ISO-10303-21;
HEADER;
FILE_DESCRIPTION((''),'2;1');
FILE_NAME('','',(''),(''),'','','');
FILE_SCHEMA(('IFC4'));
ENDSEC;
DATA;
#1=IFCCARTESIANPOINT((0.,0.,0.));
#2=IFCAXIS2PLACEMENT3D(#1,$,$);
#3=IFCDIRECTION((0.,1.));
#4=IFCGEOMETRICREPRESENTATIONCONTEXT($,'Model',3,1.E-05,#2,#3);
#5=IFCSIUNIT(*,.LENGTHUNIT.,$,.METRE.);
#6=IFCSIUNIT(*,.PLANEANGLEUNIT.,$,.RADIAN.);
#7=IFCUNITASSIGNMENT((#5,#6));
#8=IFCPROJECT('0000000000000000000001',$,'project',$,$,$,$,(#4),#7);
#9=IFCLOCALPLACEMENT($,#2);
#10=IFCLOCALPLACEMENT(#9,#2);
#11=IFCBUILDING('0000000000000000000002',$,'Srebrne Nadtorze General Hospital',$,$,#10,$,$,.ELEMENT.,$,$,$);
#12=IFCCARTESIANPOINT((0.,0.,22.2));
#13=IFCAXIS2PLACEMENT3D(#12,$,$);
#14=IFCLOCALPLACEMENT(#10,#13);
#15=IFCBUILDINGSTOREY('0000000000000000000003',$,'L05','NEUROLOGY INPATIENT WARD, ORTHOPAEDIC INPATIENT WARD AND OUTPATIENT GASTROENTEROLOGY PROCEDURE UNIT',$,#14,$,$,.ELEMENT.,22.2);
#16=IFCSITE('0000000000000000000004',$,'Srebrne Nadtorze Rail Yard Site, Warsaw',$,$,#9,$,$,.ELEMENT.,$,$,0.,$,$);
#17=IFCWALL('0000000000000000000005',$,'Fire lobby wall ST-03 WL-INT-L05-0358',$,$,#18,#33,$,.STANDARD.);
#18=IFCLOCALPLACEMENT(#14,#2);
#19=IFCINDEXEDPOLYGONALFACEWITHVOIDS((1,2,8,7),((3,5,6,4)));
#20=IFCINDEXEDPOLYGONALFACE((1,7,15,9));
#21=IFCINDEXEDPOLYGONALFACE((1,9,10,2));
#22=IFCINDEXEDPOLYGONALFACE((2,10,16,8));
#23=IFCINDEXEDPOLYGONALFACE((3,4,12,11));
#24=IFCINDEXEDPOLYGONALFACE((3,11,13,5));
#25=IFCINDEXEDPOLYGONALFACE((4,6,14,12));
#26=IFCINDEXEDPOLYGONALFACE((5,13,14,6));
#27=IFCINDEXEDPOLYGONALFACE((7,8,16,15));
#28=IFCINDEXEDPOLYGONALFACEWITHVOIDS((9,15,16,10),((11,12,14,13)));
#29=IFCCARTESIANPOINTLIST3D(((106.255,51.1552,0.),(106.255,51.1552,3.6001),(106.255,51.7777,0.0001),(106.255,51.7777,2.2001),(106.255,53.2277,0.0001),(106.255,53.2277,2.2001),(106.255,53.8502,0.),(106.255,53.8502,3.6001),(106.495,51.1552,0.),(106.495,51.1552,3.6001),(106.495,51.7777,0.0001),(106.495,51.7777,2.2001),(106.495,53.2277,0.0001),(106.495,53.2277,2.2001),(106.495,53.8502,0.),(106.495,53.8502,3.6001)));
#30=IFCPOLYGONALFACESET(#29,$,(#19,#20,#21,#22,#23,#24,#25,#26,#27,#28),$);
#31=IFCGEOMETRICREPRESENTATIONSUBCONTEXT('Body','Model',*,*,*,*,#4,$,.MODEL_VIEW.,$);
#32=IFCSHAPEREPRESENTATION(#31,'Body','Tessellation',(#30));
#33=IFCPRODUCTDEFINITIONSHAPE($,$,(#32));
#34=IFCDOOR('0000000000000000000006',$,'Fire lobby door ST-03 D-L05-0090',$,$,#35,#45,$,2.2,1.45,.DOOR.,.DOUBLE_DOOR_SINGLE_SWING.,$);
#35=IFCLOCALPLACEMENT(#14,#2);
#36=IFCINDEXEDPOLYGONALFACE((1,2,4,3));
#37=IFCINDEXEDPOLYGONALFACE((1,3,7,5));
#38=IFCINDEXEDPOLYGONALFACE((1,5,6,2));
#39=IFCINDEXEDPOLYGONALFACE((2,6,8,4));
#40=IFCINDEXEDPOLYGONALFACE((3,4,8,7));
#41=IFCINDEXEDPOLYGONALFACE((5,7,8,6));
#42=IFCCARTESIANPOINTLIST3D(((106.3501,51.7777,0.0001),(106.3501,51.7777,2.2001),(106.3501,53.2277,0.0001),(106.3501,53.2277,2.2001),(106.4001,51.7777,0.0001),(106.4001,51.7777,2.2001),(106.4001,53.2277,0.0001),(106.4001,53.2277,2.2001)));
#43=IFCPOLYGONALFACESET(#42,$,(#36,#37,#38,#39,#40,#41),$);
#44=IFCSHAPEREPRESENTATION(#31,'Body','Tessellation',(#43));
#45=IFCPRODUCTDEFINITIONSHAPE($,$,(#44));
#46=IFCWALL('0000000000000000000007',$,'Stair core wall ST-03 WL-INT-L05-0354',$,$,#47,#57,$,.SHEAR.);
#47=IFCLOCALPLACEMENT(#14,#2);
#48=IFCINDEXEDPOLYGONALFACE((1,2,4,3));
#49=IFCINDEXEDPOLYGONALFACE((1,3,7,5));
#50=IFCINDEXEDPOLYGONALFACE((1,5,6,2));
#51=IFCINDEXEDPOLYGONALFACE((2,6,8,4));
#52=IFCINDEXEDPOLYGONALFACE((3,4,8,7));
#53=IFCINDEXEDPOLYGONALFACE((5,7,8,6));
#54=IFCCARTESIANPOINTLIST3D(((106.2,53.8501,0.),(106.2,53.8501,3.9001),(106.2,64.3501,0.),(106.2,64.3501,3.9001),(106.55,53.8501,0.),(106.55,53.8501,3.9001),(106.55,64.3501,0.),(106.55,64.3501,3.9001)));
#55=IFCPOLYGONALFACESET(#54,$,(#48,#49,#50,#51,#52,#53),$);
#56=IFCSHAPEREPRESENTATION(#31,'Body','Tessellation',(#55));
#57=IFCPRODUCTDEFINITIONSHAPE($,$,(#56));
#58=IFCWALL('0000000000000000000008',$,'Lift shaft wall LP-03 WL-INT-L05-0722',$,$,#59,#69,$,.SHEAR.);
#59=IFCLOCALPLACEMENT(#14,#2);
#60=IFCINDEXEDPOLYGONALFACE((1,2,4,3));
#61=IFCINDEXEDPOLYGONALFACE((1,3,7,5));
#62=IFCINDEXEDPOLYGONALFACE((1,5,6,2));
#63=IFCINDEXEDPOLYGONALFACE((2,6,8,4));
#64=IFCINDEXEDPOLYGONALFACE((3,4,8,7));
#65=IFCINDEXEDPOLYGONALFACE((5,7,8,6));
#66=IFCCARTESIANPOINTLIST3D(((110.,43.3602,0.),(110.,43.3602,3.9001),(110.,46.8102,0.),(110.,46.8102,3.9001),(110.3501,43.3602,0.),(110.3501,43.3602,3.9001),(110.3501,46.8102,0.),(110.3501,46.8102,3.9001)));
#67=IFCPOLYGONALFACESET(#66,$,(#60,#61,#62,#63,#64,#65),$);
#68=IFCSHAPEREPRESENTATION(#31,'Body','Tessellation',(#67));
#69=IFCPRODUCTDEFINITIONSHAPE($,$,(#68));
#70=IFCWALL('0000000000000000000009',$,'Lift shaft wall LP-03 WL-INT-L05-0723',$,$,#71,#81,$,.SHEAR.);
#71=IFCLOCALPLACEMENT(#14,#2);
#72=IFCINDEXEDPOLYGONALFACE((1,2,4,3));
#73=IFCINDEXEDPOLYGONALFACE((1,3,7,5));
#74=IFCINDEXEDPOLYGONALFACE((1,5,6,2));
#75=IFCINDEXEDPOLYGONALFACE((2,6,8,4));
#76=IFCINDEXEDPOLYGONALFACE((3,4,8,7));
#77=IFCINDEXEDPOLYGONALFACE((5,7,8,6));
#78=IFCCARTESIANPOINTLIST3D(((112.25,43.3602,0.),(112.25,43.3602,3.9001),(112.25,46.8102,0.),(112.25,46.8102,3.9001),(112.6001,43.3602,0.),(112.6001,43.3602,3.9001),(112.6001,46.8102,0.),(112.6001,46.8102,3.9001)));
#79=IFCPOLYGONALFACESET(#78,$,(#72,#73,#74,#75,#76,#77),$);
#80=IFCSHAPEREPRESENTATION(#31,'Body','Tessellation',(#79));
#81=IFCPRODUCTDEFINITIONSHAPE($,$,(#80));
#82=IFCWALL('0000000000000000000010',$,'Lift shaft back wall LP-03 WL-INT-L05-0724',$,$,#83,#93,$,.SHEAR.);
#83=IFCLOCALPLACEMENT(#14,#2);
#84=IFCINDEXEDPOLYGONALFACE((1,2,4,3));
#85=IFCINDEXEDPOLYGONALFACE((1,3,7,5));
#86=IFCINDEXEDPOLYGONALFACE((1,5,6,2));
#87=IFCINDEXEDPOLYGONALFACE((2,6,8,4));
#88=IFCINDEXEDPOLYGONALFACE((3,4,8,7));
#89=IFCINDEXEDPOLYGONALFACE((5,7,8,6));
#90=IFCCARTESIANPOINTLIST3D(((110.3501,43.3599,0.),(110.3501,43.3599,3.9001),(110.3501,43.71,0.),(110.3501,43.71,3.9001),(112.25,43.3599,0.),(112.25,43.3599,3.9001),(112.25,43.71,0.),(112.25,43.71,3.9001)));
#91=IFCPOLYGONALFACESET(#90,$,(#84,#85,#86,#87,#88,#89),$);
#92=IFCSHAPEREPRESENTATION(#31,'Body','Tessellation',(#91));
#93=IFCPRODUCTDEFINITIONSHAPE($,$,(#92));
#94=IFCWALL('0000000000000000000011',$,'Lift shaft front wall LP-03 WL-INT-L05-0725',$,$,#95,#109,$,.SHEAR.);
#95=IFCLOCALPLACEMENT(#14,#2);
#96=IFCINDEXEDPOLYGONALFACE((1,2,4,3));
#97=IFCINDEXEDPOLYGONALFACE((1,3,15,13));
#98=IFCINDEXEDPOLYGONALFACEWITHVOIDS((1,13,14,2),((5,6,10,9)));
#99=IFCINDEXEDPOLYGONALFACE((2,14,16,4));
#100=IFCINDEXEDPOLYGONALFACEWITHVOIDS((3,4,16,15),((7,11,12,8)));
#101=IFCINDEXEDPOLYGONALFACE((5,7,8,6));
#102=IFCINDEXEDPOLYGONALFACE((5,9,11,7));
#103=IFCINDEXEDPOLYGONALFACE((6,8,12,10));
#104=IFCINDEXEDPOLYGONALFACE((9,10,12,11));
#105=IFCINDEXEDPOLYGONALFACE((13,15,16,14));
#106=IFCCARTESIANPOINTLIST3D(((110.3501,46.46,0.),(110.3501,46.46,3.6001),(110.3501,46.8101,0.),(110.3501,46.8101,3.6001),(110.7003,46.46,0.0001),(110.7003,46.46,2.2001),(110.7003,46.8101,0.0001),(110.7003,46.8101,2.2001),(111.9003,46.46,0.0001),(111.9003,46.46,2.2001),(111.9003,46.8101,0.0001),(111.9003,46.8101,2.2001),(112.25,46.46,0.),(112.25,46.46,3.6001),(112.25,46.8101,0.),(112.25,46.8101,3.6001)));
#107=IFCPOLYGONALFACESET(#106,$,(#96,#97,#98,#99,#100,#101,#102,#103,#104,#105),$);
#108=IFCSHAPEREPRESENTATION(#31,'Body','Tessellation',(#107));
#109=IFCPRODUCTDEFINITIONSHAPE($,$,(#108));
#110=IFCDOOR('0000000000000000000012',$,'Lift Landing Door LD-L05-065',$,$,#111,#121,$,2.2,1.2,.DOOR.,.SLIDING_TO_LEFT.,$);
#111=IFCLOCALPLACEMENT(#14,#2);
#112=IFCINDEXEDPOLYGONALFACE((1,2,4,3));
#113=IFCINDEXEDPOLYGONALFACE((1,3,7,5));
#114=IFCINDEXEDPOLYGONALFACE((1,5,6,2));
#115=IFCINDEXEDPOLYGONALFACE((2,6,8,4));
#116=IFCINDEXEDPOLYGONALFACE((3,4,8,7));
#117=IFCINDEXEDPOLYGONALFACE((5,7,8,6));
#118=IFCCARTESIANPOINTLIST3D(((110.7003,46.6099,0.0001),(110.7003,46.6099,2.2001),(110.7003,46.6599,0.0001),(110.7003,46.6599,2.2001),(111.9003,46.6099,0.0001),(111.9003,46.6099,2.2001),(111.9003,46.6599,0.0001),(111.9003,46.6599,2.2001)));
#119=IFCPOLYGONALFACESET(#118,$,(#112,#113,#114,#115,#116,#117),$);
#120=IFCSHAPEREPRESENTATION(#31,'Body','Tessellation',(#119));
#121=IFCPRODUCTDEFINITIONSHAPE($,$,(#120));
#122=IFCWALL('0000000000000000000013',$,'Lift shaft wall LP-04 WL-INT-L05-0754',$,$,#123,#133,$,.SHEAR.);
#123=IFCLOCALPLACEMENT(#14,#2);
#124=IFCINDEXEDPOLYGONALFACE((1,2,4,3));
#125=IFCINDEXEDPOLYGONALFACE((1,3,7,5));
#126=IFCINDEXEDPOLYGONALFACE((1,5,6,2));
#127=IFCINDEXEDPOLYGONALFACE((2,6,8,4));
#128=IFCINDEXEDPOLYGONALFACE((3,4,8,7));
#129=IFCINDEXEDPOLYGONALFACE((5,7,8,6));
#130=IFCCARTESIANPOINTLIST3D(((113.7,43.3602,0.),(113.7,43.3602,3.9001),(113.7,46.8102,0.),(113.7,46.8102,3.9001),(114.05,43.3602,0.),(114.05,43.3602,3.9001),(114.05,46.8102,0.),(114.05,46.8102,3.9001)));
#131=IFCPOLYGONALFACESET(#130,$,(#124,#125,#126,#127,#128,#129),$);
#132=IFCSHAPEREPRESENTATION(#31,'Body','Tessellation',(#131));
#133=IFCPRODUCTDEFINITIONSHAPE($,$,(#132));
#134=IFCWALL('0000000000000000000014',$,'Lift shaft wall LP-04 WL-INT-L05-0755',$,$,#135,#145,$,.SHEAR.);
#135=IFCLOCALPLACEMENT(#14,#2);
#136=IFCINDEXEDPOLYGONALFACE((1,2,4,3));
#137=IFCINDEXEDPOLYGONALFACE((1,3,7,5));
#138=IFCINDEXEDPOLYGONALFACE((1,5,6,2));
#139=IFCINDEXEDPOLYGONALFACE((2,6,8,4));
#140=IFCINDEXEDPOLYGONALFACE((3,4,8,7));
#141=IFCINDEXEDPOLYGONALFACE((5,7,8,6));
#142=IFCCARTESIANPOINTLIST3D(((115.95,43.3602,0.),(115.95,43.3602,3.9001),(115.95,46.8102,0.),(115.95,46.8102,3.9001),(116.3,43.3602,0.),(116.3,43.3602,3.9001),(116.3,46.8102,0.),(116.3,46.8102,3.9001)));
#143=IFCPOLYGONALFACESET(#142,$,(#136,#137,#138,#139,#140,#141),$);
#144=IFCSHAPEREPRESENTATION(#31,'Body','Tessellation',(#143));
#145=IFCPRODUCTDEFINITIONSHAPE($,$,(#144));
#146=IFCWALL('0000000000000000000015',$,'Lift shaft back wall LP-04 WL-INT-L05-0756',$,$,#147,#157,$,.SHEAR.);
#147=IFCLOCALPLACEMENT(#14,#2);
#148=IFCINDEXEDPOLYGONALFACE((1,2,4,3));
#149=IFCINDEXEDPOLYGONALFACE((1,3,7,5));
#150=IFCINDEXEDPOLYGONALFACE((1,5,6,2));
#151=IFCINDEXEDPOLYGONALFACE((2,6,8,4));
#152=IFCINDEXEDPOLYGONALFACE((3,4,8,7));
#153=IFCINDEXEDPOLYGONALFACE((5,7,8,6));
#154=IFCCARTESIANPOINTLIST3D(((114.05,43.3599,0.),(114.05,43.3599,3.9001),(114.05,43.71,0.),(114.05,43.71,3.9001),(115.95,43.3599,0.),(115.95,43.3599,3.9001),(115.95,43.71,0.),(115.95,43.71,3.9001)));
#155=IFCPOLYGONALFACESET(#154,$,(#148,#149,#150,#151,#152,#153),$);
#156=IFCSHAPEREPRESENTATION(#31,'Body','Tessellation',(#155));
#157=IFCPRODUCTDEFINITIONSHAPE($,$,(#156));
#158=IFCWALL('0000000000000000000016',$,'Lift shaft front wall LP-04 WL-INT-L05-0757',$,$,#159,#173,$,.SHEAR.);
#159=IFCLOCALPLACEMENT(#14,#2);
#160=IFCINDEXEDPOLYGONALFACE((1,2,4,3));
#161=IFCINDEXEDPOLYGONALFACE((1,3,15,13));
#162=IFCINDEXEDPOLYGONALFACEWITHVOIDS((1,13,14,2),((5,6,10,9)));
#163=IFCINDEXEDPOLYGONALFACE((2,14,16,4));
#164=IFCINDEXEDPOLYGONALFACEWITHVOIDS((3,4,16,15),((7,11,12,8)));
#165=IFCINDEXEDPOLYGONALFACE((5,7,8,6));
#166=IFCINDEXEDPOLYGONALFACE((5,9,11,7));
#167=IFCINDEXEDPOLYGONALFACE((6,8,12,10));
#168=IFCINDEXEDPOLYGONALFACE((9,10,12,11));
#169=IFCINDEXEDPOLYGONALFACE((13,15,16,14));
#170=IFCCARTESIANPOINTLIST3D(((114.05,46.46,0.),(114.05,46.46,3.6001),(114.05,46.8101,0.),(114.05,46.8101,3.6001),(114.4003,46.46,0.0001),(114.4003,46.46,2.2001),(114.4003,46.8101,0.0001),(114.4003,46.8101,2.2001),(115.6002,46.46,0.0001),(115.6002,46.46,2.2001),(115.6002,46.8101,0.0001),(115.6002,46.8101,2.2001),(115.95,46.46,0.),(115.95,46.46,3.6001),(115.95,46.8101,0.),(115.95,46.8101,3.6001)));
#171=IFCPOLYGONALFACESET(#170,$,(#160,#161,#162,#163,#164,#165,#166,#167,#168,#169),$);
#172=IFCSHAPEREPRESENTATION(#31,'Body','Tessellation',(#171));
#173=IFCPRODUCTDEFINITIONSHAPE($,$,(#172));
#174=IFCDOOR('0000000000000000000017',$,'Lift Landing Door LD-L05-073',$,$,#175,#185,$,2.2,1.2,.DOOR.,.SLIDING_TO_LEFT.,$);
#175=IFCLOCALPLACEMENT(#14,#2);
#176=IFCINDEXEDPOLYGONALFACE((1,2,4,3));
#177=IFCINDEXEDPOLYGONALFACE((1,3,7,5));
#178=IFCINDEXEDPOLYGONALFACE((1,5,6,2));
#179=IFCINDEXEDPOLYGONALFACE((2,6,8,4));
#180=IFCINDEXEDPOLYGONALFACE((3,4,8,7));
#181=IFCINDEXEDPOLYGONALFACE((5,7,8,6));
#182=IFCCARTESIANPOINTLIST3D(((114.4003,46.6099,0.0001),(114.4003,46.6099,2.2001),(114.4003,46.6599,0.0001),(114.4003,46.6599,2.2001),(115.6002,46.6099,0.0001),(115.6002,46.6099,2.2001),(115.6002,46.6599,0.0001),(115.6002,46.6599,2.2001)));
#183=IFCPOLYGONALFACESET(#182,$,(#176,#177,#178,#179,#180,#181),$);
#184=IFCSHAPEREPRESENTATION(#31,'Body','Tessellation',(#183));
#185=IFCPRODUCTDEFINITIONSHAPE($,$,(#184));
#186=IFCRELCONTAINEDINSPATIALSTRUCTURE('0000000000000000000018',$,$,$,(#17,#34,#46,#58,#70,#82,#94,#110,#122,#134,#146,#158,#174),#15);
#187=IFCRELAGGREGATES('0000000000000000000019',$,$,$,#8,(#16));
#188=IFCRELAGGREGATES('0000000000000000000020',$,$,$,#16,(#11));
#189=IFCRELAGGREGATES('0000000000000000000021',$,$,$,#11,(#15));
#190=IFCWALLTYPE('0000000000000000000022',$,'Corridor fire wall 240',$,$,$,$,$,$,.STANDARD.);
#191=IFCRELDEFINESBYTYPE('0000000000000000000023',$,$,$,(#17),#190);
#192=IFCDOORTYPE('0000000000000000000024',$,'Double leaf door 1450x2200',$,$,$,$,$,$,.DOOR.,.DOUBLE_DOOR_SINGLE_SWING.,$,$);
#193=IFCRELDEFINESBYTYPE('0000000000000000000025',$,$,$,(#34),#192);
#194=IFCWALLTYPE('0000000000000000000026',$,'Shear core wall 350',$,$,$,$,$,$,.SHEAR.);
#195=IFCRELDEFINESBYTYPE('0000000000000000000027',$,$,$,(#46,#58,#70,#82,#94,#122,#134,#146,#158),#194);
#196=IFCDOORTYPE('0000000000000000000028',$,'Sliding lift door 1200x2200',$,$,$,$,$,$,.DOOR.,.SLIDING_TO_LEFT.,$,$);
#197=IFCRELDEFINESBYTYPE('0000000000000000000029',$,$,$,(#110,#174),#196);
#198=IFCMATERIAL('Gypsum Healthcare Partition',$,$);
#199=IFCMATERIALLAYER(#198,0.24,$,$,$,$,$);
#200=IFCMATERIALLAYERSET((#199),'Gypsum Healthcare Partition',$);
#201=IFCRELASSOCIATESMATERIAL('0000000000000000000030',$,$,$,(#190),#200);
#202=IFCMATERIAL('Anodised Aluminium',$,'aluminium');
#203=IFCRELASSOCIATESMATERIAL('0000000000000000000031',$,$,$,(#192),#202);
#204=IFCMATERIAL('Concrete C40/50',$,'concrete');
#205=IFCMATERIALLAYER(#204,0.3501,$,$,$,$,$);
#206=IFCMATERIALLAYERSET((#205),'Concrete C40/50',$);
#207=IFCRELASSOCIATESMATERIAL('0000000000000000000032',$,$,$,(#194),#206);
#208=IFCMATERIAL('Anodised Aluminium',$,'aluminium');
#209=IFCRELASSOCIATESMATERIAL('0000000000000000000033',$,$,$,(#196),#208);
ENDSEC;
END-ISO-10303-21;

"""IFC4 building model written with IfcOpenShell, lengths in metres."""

from ifc_helpers import new_model, si_unit, direction, frame, frame_2d, origin, place, context, subcontext, project, spatial, rectangle, extrude, material, layer, layer_set, type_object, element, fill, save


model = new_model("IFC4")

# Units and contexts
model_context = context("Model", 3, precision=1e-05, world=origin(), true_north=direction((0.0, 1.0)))
body_context = subcontext(model_context, "Body", "Model", "MODEL_VIEW")
ifc_project = project(units=[si_unit("LENGTHUNIT", "METRE"), si_unit("PLANEANGLEUNIT", "RADIAN")], contexts=[model_context])

# Site, building, storey
site_placement = place(None, origin())
site = spatial("IfcSite", under=ifc_project, at=site_placement, Name="Srebrne Nadtorze Rail Yard Site, Warsaw", CompositionType="ELEMENT", RefElevation=0.0)
building_placement = place(site_placement, origin())
building = spatial("IfcBuilding", under=site, at=building_placement, Name="Srebrne Nadtorze General Hospital", CompositionType="ELEMENT")
storey_placement = place(building_placement, frame((0.0, 0.0, 22.2)))
storey = spatial("IfcBuildingStorey", under=building, at=storey_placement, Name="L05", Description="NEUROLOGY INPATIENT WARD, ORTHOPAEDIC INPATIENT WARD AND OUTPATIENT GASTROENTEROLOGY PROCEDURE UNIT", CompositionType="ELEMENT", Elevation=22.2)

# Wall, opening, door
ifc_material_1 = material(Name="Gypsum Healthcare Partition")
ifc_layer_1 = layer(ifc_material_1, 0.24)
ifc_layer_set_1 = layer_set([ifc_layer_1], Name="Gypsum Healthcare Partition")
wall_type_1 = type_object("IfcWallType", Name="Corridor fire wall 240", PredefinedType="STANDARD", material=ifc_layer_set_1)
wall_1_placement = place(storey_placement, frame((106.375, 51.155, 0.0), z_axis=(0.0, 0.0, 1.0), x_axis=(0.0, 1.0, 0.0)))
wall_1 = element("IfcWall", 1, at=wall_1_placement, inside=storey, type_object=wall_type_1, Name="Fire lobby wall ST-03 WL-INT-L05-0358", PredefinedType="STANDARD", context=body_context, shape_type="SweptSolid", body=[
    extrude(rectangle(XDim=2.6951, YDim=0.24, at=frame_2d((1.3477, 0.0))), origin(), (0.0, 0.0, 1.0), 3.6001),
])
opening_1_placement = place(wall_1_placement, frame((0.6226, 0.0, 0.0)))
opening_1 = element("IfcOpeningElement", 2, at=opening_1_placement, cuts=wall_1, PredefinedType="OPENING", context=body_context, shape_type="SweptSolid", body=[
    extrude(rectangle(XDim=1.45, YDim=2.2, at=frame_2d((0.7251, 1.1001))), frame((0.0, 0.1318, 0.0), z_axis=(0.0, -1.0, 0.0), x_axis=(1.0, 0.0, 0.0)), (0.0, 0.0, 1.0), 0.2639),
])
ifc_material_2 = material(Name="Anodised Aluminium", Category="aluminium")
door_type_1 = type_object("IfcDoorType", Name="Double leaf door 1450x2200", OperationType="DOUBLE_DOOR_SINGLE_SWING", PredefinedType="DOOR", material=ifc_material_2)
door_1_placement = place(opening_1_placement, origin())
door_1 = element("IfcDoor", 3, at=door_1_placement, inside=storey, type_object=door_type_1, Name="Fire lobby door ST-03 D-L05-0090", OperationType="DOUBLE_DOOR_SINGLE_SWING", OverallHeight=2.2, OverallWidth=1.45, PredefinedType="DOOR", context=body_context, shape_type="SweptSolid", body=[
    extrude(rectangle(XDim=1.45, YDim=2.2, at=frame_2d((0.7251, 1.1001))), frame((0.0, 0.0249, 0.0), z_axis=(0.0, -1.0, 0.0), x_axis=(1.0, 0.0, 0.0)), (0.0, 0.0, 1.0), 0.05),
])
fill(opening_1, door_1)

# Walls
ifc_material_3 = material(Name="Concrete C40/50", Category="concrete")
ifc_layer_2 = layer(ifc_material_3, 0.3501)
ifc_layer_set_2 = layer_set([ifc_layer_2], Name="Concrete C40/50")
wall_type_2 = type_object("IfcWallType", Name="Shear core wall 350", PredefinedType="SHEAR", material=ifc_layer_set_2)
wall_2_placement = place(storey_placement, frame((106.375, 53.8501, 0.0), z_axis=(0.0, 0.0, 1.0), x_axis=(0.0, 1.0, 0.0)))
element("IfcWall", 4, at=wall_2_placement, inside=storey, type_object=wall_type_2, Name="Stair core wall ST-03 WL-INT-L05-0354", PredefinedType="SHEAR", context=body_context, shape_type="SweptSolid", body=[
    extrude(rectangle(XDim=10.5, YDim=0.3501, at=frame_2d((5.25, 0.0))), origin(), (0.0, 0.0, 1.0), 3.9001),
])
for number, where, z_axis, x_axis, name in (
    (5, (110.175, 43.3601, 0.0), (0.0, 0.0, 1.0), (0.0, 1.0, 0.0), "Lift shaft wall LP-03 WL-INT-L05-0722"),
    (6, (112.425, 43.3601, 0.0), (0.0, 0.0, 1.0), (0.0, 1.0, 0.0), "Lift shaft wall LP-03 WL-INT-L05-0723"),
):
    element("IfcWall", number, at=place(storey_placement, frame(where, z_axis=z_axis, x_axis=x_axis)), inside=storey, type_object=wall_type_2, Name=name, PredefinedType="SHEAR", context=body_context, shape_type="SweptSolid", body=[
        extrude(rectangle(XDim=3.45, YDim=0.3501, at=frame_2d((1.7251, 0.0))), origin(), (0.0, 0.0, 1.0), 3.9001),
    ])
wall_3_placement = place(storey_placement, frame((110.3501, 43.5349, 0.0), z_axis=(0.0, 0.0, 1.0), x_axis=(1.0, 0.0, 0.0)))
element("IfcWall", 7, at=wall_3_placement, inside=storey, type_object=wall_type_2, Name="Lift shaft back wall LP-03 WL-INT-L05-0724", PredefinedType="SHEAR", context=body_context, shape_type="SweptSolid", body=[
    extrude(rectangle(XDim=1.8999, YDim=0.3501, at=frame_2d((0.95, 0.0))), origin(), (0.0, 0.0, 1.0), 3.9001),
])

# Wall, opening, door
wall_4_placement = place(storey_placement, frame((110.3501, 46.635, 0.0), z_axis=(0.0, 0.0, 1.0), x_axis=(1.0, 0.0, 0.0)))
wall_4 = element("IfcWall", 8, at=wall_4_placement, inside=storey, type_object=wall_type_2, Name="Lift shaft front wall LP-03 WL-INT-L05-0725", PredefinedType="SHEAR", context=body_context, shape_type="SweptSolid", body=[
    extrude(rectangle(XDim=1.8999, YDim=0.3501, at=frame_2d((0.95, 0.0))), origin(), (0.0, 0.0, 1.0), 3.6001),
])
opening_2_placement = place(wall_4_placement, frame((0.3501, 0.0, 0.0)))
opening_2 = element("IfcOpeningElement", 9, at=opening_2_placement, cuts=wall_4, PredefinedType="OPENING", context=body_context, shape_type="SweptSolid", body=[
    extrude(rectangle(XDim=1.2, YDim=2.2, at=frame_2d((0.6001, 1.1001))), frame((0.0, 0.187, 0.0), z_axis=(0.0, -1.0, 0.0), x_axis=(1.0, 0.0, 0.0)), (0.0, 0.0, 1.0), 0.374),
])
ifc_material_4 = material(Name="Anodised Aluminium", Category="aluminium")
door_type_2 = type_object("IfcDoorType", Name="Sliding lift door 1200x2200", OperationType="SLIDING_TO_LEFT", PredefinedType="DOOR", material=ifc_material_4)
door_2_placement = place(opening_2_placement, origin())
door_2 = element("IfcDoor", 10, at=door_2_placement, inside=storey, type_object=door_type_2, Name="Lift Landing Door LD-L05-065", OperationType="SLIDING_TO_LEFT", OverallHeight=2.2, OverallWidth=1.2, PredefinedType="DOOR", context=body_context, shape_type="SweptSolid", body=[
    extrude(rectangle(XDim=1.2, YDim=2.2, at=frame_2d((0.6001, 1.1001))), frame((0.0, 0.0249, 0.0), z_axis=(0.0, -1.0, 0.0), x_axis=(1.0, 0.0, 0.0)), (0.0, 0.0, 1.0), 0.05),
])
fill(opening_2, door_2)

# Walls
for number, where, z_axis, x_axis, name in (
    (11, (113.875, 43.3601, 0.0), (0.0, 0.0, 1.0), (0.0, 1.0, 0.0), "Lift shaft wall LP-04 WL-INT-L05-0754"),
    (12, (116.125, 43.3601, 0.0), (0.0, 0.0, 1.0), (0.0, 1.0, 0.0), "Lift shaft wall LP-04 WL-INT-L05-0755"),
):
    element("IfcWall", number, at=place(storey_placement, frame(where, z_axis=z_axis, x_axis=x_axis)), inside=storey, type_object=wall_type_2, Name=name, PredefinedType="SHEAR", context=body_context, shape_type="SweptSolid", body=[
        extrude(rectangle(XDim=3.45, YDim=0.3501, at=frame_2d((1.7251, 0.0))), origin(), (0.0, 0.0, 1.0), 3.9001),
    ])
wall_5_placement = place(storey_placement, frame((114.05, 43.5349, 0.0), z_axis=(0.0, 0.0, 1.0), x_axis=(1.0, 0.0, 0.0)))
element("IfcWall", 13, at=wall_5_placement, inside=storey, type_object=wall_type_2, Name="Lift shaft back wall LP-04 WL-INT-L05-0756", PredefinedType="SHEAR", context=body_context, shape_type="SweptSolid", body=[
    extrude(rectangle(XDim=1.8999, YDim=0.3501, at=frame_2d((0.95, 0.0))), origin(), (0.0, 0.0, 1.0), 3.9001),
])

# Wall, opening, door
wall_6_placement = place(storey_placement, frame((114.05, 46.635, 0.0), z_axis=(0.0, 0.0, 1.0), x_axis=(1.0, 0.0, 0.0)))
wall_6 = element("IfcWall", 14, at=wall_6_placement, inside=storey, type_object=wall_type_2, Name="Lift shaft front wall LP-04 WL-INT-L05-0757", PredefinedType="SHEAR", context=body_context, shape_type="SweptSolid", body=[
    extrude(rectangle(XDim=1.8999, YDim=0.3501, at=frame_2d((0.95, 0.0))), origin(), (0.0, 0.0, 1.0), 3.6001),
])
opening_3_placement = place(wall_6_placement, frame((0.3501, 0.0, 0.0)))
opening_3 = element("IfcOpeningElement", 15, at=opening_3_placement, cuts=wall_6, PredefinedType="OPENING", context=body_context, shape_type="SweptSolid", body=[
    extrude(rectangle(XDim=1.2, YDim=2.2, at=frame_2d((0.6001, 1.1001))), frame((0.0, 0.187, 0.0), z_axis=(0.0, -1.0, 0.0), x_axis=(1.0, 0.0, 0.0)), (0.0, 0.0, 1.0), 0.374),
])
door_3_placement = place(opening_3_placement, origin())
door_3 = element("IfcDoor", 16, at=door_3_placement, inside=storey, type_object=door_type_2, Name="Lift Landing Door LD-L05-073", OperationType="SLIDING_TO_LEFT", OverallHeight=2.2, OverallWidth=1.2, PredefinedType="DOOR", context=body_context, shape_type="SweptSolid", body=[
    extrude(rectangle(XDim=1.2, YDim=2.2, at=frame_2d((0.6001, 1.1001))), frame((0.0, 0.0249, 0.0), z_axis=(0.0, -1.0, 0.0), x_axis=(1.0, 0.0, 0.0)), (0.0, 0.0, 1.0), 0.05),
])
fill(opening_3, door_3)

save(model, "model.ifc")
